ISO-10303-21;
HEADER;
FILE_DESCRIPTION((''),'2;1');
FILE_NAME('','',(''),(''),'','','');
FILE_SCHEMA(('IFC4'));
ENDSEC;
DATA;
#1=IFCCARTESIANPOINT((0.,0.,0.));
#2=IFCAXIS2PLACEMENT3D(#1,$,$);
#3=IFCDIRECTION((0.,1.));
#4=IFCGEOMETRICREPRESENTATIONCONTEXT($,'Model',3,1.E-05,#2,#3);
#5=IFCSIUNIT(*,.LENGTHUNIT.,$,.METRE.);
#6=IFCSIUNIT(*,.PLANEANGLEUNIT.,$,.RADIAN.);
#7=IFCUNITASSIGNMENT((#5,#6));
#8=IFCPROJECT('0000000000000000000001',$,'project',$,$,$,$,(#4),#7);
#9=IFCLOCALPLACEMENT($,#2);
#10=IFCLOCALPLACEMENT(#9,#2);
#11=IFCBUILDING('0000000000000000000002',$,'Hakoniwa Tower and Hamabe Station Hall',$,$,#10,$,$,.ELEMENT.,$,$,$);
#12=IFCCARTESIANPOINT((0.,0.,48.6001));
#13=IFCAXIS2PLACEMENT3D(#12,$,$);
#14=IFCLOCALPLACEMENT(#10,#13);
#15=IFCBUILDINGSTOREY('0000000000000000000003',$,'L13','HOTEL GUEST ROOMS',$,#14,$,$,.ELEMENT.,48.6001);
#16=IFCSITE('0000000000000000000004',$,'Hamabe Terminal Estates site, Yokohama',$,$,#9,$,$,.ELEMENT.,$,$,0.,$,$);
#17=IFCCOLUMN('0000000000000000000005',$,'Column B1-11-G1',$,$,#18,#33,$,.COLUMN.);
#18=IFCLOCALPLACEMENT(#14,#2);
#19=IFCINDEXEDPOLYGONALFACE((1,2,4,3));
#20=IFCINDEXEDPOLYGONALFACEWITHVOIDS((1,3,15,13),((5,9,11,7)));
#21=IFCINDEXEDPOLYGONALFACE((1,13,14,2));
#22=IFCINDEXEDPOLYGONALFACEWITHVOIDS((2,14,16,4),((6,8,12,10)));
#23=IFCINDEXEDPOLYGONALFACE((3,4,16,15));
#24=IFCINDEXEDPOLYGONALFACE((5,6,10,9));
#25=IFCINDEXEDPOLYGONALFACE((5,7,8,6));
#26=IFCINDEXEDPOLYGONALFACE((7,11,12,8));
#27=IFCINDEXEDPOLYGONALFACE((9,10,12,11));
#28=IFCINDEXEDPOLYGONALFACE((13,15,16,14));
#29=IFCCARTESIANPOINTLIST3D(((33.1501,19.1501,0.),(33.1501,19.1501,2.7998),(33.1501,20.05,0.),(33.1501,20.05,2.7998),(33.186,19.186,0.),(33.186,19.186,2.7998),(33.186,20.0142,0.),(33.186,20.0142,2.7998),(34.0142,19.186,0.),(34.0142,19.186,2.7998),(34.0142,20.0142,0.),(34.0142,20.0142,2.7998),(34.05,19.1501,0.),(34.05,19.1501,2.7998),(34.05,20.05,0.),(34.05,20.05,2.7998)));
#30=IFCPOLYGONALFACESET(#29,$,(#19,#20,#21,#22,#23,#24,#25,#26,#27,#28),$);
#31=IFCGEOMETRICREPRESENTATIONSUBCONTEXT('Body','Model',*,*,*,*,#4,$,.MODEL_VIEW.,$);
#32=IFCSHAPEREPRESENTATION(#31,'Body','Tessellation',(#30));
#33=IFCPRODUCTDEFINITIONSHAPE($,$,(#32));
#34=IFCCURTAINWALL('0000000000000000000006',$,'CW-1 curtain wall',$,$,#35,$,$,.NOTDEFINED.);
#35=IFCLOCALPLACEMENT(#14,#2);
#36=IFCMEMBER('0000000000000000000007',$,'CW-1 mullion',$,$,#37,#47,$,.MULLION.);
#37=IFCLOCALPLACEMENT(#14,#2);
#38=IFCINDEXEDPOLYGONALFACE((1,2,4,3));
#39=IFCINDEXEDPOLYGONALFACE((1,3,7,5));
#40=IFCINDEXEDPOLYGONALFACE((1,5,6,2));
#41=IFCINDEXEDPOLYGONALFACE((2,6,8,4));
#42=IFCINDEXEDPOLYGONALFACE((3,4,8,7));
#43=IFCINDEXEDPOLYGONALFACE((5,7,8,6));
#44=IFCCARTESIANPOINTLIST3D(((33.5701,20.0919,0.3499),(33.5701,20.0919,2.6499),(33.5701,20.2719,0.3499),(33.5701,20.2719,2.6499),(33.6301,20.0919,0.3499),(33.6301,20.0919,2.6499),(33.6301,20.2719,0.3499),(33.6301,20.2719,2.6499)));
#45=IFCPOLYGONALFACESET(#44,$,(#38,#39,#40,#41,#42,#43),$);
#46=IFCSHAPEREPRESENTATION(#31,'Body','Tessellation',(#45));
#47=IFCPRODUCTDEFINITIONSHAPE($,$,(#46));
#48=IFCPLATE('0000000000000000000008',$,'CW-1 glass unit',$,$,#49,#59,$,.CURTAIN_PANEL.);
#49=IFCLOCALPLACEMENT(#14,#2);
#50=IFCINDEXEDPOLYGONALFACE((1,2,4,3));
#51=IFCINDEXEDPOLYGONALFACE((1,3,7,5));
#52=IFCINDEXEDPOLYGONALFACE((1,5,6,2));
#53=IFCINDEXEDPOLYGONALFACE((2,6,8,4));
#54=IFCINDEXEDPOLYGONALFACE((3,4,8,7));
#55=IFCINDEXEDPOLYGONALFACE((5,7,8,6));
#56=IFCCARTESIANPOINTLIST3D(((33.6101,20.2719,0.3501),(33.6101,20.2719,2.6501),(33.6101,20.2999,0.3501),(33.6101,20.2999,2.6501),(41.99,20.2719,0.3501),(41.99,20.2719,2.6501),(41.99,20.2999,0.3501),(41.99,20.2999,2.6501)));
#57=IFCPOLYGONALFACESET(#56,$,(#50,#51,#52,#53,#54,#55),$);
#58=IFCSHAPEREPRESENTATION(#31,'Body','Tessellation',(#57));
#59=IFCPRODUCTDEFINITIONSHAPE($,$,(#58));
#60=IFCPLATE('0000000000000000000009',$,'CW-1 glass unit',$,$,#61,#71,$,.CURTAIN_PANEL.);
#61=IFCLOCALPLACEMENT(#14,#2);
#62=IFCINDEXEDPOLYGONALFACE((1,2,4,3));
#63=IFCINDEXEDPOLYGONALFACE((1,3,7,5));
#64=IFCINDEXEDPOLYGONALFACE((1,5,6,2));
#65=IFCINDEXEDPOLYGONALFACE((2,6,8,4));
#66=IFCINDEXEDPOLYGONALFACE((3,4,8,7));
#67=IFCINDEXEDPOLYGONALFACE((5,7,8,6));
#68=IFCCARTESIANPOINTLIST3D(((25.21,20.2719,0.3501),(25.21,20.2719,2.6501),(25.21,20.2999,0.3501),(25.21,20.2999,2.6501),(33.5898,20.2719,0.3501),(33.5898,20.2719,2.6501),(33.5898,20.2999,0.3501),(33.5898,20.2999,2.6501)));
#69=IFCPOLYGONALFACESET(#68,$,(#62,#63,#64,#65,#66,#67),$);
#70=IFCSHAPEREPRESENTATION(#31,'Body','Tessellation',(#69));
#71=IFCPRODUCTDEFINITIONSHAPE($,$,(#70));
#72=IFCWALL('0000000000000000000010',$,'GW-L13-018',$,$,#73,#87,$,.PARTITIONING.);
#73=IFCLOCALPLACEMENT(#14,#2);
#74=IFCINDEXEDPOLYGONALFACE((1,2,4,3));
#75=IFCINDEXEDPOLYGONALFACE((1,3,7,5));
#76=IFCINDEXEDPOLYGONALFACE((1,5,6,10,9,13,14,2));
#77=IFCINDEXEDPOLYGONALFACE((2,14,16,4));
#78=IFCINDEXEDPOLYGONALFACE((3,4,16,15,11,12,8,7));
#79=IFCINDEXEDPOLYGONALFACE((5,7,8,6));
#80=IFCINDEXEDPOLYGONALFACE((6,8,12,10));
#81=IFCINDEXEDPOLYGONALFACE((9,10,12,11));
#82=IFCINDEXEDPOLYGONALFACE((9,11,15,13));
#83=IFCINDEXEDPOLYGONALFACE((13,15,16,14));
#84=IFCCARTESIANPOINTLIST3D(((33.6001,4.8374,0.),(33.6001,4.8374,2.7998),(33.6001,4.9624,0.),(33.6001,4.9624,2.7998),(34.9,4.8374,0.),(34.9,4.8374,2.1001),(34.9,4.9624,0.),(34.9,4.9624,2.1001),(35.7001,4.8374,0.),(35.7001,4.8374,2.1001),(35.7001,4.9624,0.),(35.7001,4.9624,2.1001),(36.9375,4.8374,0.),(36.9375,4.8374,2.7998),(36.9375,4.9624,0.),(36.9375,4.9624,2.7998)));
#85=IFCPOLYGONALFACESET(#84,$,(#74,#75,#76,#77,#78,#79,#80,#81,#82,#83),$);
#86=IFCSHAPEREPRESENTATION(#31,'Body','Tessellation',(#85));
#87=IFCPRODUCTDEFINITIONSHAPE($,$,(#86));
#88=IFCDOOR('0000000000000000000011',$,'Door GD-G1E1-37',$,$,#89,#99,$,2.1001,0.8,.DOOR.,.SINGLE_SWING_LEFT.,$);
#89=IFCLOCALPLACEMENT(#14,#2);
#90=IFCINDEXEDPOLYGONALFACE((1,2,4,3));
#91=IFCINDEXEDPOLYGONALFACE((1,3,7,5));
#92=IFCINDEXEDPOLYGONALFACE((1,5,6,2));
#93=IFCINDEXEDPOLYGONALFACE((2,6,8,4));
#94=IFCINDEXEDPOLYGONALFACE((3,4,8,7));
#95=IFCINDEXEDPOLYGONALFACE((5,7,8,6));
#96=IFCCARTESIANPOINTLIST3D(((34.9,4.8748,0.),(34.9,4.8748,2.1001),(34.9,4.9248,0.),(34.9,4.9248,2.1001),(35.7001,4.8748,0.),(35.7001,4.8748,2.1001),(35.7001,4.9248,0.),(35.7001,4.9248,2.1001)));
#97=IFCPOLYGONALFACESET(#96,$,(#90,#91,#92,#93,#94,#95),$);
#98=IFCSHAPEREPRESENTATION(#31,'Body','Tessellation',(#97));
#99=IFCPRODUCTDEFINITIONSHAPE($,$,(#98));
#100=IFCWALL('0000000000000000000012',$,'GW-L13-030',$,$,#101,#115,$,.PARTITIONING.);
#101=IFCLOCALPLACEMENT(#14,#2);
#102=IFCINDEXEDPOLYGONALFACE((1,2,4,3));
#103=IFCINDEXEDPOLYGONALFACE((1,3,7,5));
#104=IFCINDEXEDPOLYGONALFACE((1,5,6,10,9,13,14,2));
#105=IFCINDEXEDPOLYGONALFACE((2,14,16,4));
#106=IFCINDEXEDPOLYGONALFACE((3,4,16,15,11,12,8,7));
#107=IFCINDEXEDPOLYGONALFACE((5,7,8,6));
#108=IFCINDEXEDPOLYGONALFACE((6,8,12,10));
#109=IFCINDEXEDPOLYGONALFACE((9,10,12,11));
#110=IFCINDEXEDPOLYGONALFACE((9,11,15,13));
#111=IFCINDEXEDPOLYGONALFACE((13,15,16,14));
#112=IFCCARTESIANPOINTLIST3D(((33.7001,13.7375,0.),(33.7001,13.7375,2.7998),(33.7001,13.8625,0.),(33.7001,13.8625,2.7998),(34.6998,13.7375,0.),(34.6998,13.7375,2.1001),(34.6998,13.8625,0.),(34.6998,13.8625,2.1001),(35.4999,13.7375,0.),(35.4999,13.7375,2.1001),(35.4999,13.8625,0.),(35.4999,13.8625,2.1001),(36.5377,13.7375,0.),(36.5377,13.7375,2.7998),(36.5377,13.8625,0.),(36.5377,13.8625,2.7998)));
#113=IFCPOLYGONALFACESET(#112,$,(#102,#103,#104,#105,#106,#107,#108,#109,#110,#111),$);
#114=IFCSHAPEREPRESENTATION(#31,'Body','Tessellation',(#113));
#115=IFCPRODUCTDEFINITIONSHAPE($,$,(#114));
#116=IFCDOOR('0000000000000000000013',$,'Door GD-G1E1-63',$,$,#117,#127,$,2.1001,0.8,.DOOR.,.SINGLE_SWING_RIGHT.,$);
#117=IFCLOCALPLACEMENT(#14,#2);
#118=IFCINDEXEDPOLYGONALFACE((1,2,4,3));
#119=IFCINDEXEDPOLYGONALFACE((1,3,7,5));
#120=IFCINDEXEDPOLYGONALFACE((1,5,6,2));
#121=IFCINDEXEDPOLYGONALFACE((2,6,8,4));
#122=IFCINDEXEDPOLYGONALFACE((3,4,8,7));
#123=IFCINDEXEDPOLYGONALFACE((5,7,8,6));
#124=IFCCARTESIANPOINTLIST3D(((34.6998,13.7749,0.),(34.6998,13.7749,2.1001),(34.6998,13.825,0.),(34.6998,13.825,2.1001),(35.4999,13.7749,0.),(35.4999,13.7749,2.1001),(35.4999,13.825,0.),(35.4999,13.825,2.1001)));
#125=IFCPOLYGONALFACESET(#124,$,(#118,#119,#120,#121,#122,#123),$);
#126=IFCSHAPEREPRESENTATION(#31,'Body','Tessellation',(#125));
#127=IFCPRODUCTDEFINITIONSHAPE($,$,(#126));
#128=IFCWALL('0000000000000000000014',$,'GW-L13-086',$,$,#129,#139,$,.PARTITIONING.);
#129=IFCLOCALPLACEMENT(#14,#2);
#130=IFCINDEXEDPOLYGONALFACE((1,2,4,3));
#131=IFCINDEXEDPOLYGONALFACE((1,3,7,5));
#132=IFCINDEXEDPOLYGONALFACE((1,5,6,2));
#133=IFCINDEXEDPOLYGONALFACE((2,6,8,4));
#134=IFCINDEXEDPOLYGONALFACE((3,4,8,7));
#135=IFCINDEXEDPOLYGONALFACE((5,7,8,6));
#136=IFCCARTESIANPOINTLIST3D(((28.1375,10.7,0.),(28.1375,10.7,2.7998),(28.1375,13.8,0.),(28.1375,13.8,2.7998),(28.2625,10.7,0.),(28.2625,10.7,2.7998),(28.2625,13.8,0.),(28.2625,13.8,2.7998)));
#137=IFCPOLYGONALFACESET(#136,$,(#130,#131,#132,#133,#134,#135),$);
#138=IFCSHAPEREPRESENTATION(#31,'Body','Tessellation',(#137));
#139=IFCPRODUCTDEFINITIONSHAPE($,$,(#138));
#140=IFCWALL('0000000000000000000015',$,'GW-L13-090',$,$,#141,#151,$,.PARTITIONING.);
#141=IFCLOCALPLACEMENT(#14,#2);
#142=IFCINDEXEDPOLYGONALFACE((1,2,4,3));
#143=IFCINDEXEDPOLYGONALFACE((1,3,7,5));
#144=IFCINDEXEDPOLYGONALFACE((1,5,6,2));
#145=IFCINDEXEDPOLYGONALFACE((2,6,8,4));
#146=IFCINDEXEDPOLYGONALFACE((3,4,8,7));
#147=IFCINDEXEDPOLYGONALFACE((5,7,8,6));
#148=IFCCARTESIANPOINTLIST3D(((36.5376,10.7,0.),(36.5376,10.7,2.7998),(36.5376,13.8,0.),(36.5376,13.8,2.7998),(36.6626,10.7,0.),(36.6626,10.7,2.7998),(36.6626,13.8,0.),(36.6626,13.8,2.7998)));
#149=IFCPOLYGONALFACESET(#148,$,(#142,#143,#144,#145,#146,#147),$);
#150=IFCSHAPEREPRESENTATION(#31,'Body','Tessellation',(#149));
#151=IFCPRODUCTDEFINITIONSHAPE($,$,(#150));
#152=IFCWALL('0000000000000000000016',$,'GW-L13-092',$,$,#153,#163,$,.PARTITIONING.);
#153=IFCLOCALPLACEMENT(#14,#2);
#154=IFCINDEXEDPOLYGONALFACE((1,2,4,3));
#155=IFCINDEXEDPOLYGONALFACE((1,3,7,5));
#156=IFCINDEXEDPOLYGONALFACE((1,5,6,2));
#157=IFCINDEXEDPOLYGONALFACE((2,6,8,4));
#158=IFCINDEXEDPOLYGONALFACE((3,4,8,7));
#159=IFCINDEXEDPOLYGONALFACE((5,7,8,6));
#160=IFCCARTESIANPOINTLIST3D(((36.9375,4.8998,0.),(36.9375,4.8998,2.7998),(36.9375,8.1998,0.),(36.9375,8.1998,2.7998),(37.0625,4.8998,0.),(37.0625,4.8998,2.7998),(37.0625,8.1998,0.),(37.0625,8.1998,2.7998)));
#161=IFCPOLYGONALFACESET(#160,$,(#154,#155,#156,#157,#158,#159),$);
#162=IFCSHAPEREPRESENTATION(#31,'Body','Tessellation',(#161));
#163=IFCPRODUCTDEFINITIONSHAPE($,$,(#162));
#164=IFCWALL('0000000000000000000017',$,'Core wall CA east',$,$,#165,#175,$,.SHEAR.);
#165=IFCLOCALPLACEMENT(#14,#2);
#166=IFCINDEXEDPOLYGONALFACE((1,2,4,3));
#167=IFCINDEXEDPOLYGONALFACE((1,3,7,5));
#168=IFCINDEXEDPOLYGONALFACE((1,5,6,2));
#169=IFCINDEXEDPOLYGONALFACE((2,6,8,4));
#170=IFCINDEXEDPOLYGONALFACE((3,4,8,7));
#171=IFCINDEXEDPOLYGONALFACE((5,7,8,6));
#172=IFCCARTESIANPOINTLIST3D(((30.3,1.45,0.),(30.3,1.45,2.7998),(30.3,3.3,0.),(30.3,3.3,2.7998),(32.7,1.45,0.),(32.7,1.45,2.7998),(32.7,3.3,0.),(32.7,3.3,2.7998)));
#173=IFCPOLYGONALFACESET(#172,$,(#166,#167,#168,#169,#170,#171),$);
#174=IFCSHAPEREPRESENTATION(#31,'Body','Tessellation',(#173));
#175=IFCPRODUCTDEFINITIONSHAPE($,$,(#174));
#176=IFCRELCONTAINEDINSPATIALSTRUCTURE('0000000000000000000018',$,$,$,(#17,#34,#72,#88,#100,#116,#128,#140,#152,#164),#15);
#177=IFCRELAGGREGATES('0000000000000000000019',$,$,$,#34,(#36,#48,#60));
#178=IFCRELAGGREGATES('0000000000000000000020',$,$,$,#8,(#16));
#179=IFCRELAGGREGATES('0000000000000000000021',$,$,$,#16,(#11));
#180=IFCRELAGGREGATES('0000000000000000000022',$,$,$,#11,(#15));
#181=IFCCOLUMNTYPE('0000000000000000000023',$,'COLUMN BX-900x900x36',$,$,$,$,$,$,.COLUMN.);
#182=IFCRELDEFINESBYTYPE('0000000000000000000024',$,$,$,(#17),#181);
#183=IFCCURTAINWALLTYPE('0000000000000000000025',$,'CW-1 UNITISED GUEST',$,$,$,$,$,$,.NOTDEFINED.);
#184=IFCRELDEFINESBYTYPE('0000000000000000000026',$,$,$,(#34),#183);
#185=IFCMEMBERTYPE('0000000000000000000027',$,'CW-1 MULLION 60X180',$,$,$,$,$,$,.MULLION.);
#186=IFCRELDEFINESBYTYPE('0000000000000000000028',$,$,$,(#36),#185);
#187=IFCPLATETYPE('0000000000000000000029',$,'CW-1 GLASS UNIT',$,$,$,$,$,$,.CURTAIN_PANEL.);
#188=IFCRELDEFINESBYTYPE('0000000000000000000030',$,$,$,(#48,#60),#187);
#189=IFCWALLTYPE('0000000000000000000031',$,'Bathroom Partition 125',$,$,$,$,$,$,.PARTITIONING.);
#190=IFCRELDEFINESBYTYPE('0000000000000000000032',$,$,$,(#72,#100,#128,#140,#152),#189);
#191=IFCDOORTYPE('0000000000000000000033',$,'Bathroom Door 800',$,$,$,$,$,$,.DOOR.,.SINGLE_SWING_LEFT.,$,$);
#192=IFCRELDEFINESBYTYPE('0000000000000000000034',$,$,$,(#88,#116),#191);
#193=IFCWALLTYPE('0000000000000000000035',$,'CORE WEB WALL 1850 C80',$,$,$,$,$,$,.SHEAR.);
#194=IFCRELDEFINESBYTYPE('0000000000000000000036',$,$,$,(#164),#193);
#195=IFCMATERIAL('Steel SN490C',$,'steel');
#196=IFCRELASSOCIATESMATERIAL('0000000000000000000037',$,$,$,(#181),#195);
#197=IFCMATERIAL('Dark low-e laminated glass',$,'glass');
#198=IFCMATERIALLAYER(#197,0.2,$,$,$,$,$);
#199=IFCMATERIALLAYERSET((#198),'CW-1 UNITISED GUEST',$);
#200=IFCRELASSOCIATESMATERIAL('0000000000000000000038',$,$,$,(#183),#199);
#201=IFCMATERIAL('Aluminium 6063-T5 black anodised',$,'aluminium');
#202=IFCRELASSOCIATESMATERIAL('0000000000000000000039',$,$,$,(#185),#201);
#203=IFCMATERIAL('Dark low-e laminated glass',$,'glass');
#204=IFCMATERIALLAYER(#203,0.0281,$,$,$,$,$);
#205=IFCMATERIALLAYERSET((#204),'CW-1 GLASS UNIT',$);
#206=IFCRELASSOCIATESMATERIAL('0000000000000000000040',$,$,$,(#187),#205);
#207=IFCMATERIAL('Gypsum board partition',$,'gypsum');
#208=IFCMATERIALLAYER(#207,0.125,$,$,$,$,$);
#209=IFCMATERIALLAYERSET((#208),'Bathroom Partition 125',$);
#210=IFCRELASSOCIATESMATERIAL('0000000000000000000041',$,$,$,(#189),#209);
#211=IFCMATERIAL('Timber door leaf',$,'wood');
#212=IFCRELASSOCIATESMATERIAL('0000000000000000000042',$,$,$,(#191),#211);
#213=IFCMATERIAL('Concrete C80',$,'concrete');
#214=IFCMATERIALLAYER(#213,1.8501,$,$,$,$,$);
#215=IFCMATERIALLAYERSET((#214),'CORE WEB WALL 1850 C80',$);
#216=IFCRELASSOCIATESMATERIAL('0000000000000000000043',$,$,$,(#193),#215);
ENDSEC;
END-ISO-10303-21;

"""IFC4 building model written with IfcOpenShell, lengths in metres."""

from ifc_helpers import new_model, si_unit, direction, frame, frame_2d, origin, origin_2d, place, context, subcontext, project, spatial, rectangle, hollow_rectangle, extrude, material, layer, layer_set, material_profile, profile_set, type_object, element, fill, aggregate, save


model = new_model("IFC4")

# Units and contexts
model_context = context("Model", 3, precision=1e-05, world=origin(), true_north=direction((0.0, 1.0)))
body_context = subcontext(model_context, "Body", "Model", "MODEL_VIEW")
ifc_project = project(units=[si_unit("LENGTHUNIT", "METRE"), si_unit("PLANEANGLEUNIT", "RADIAN")], contexts=[model_context])

# Site, building, storey
site_placement = place(None, origin())
site = spatial("IfcSite", under=ifc_project, at=site_placement, Name="Hamabe Terminal Estates site, Yokohama", CompositionType="ELEMENT", RefElevation=0.0)
building_placement = place(site_placement, origin())
building = spatial("IfcBuilding", under=site, at=building_placement, Name="Hakoniwa Tower and Hamabe Station Hall", CompositionType="ELEMENT")
storey_placement = place(building_placement, frame((0.0, 0.0, 48.6001)))
storey = spatial("IfcBuildingStorey", under=building, at=storey_placement, Name="L13", Description="HOTEL GUEST ROOMS", CompositionType="ELEMENT", Elevation=48.6001)

# Column
ifc_material_1 = material(Name="Steel SN490C", Category="steel")
ifc_material_profile_1 = material_profile(ifc_material_1, hollow_rectangle(XDim=0.8999, YDim=0.8999, WallThickness=0.0359, at=origin_2d()), Name="BX-900x900x36")
ifc_profile_set_1 = profile_set([ifc_material_profile_1], Name="Steel SN490C")
column_type = type_object("IfcColumnType", Name="COLUMN BX-900x900x36", PredefinedType="COLUMN", material=ifc_profile_set_1)
column_placement = place(storey_placement, frame((33.6001, 19.6001, 0.0), z_axis=(0.0, 0.0, 1.0), x_axis=(1.0, 0.0, 0.0)))
element("IfcColumn", 1, at=column_placement, inside=storey, type_object=column_type, Name="Column B1-11-G1", PredefinedType="COLUMN", context=body_context, shape_type="SweptSolid", body=[
    extrude(hollow_rectangle(XDim=0.8999, YDim=0.8999, WallThickness=0.0359, at=origin_2d()), origin(), (0.0, 0.0, 1.0), 2.7998),
])

# Curtain wall, member, plates
ifc_material_2 = material(Name="Dark low-e laminated glass", Category="glass")
ifc_layer_1 = layer(ifc_material_2, 0.2)
ifc_layer_set_1 = layer_set([ifc_layer_1], Name="CW-1 UNITISED GUEST")
curtain_wall_type = type_object("IfcCurtainWallType", Name="CW-1 UNITISED GUEST", PredefinedType="NOTDEFINED", material=ifc_layer_set_1)
curtain_wall_placement = place(storey_placement, origin())
curtain_wall = element("IfcCurtainWall", 2, at=curtain_wall_placement, inside=storey, type_object=curtain_wall_type, Name="CW-1 curtain wall", PredefinedType="NOTDEFINED")
ifc_material_3 = material(Name="Aluminium 6063-T5 black anodised", Category="aluminium")
ifc_material_profile_2 = material_profile(ifc_material_3, rectangle(XDim=0.0601, YDim=0.1799, at=origin_2d()), Name="CW-1 MULLION 60X180")
ifc_profile_set_2 = profile_set([ifc_material_profile_2], Name="Aluminium 6063-T5 black anodised")
member_type = type_object("IfcMemberType", Name="CW-1 MULLION 60X180", PredefinedType="MULLION", material=ifc_profile_set_2)
member_placement = place(storey_placement, frame((33.6001, 20.1819, 0.3499), z_axis=(0.0, 0.0, 1.0), x_axis=(-1.0, 0.0, 0.0)))
member = element("IfcMember", 3, at=member_placement, type_object=member_type, Name="CW-1 mullion", PredefinedType="MULLION", context=body_context, shape_type="SweptSolid", body=[
    extrude(rectangle(XDim=0.0601, YDim=0.1799, at=origin_2d()), origin(), (0.0, 0.0, 1.0), 2.3),
])
ifc_material_4 = material(Name="Dark low-e laminated glass", Category="glass")
ifc_layer_2 = layer(ifc_material_4, 0.0281)
ifc_layer_set_2 = layer_set([ifc_layer_2], Name="CW-1 GLASS UNIT")
plate_type = type_object("IfcPlateType", Name="CW-1 GLASS UNIT", PredefinedType="CURTAIN_PANEL", material=ifc_layer_set_2)
plate_1_placement = place(storey_placement, frame((37.8, 20.2859, 0.3501), z_axis=(0.0, 0.0, 1.0), x_axis=(-1.0, 0.0, 0.0)))
plate_1 = element("IfcPlate", 4, at=plate_1_placement, type_object=plate_type, Name="CW-1 glass unit", PredefinedType="CURTAIN_PANEL", context=body_context, shape_type="SweptSolid", body=[
    extrude(rectangle(XDim=8.3799, YDim=0.0281, at=origin_2d()), origin(), (0.0, 0.0, 1.0), 2.3),
])
plate_2_placement = place(storey_placement, frame((29.3999, 20.2859, 0.3501), z_axis=(0.0, 0.0, 1.0), x_axis=(-1.0, 0.0, 0.0)))
plate_2 = element("IfcPlate", 5, at=plate_2_placement, type_object=plate_type, Name="CW-1 glass unit", PredefinedType="CURTAIN_PANEL", context=body_context, shape_type="SweptSolid", body=[
    extrude(rectangle(XDim=8.3799, YDim=0.0281, at=origin_2d()), origin(), (0.0, 0.0, 1.0), 2.3),
])
aggregate(curtain_wall, [member, plate_1, plate_2])

# Walls, openings, doors
ifc_material_5 = material(Name="Gypsum board partition", Category="gypsum")
ifc_layer_3 = layer(ifc_material_5, 0.125)
ifc_layer_set_3 = layer_set([ifc_layer_3], Name="Bathroom Partition 125")
wall_type_1 = type_object("IfcWallType", Name="Bathroom Partition 125", PredefinedType="PARTITIONING", material=ifc_layer_set_3)
wall_1_placement = place(storey_placement, frame((33.6001, 4.8999, 0.0), z_axis=(0.0, 0.0, 1.0), x_axis=(1.0, 0.0, 0.0)))
wall_1 = element("IfcWall", 6, at=wall_1_placement, inside=storey, type_object=wall_type_1, Name="GW-L13-018", PredefinedType="PARTITIONING", context=body_context, shape_type="SweptSolid", body=[
    extrude(rectangle(XDim=3.3374, YDim=0.125, at=frame_2d((1.6687, 0.0))), origin(), (0.0, 0.0, 1.0), 2.7998),
])
opening_1_placement = place(wall_1_placement, frame((1.3, 0.0, 0.0)))
opening_1 = element("IfcOpeningElement", 7, at=opening_1_placement, cuts=wall_1, PredefinedType="OPENING", context=body_context, shape_type="SweptSolid", body=[
    extrude(rectangle(XDim=0.8, YDim=2.1001, at=frame_2d((0.3999, 1.05))), frame((0.0, 0.0725, 0.0), z_axis=(0.0, -1.0, 0.0), x_axis=(1.0, 0.0, 0.0)), (0.0, 0.0, 1.0), 0.145),
])
ifc_material_6 = material(Name="Timber door leaf", Category="wood")
door_type_1 = type_object("IfcDoorType", Name="Bathroom Door 800", OperationType="SINGLE_SWING_LEFT", PredefinedType="DOOR", material=ifc_material_6)
door_1_placement = place(opening_1_placement, origin())
door_1 = element("IfcDoor", 8, at=door_1_placement, inside=storey, type_object=door_type_1, Name="Door GD-G1E1-37", OperationType="SINGLE_SWING_LEFT", OverallHeight=2.1001, OverallWidth=0.8, PredefinedType="DOOR", context=body_context, shape_type="SweptSolid", body=[
    extrude(rectangle(XDim=0.8, YDim=2.1001, at=frame_2d((0.3999, 1.05))), frame((0.0, 0.0249, 0.0), z_axis=(0.0, -1.0, 0.0), x_axis=(1.0, 0.0, 0.0)), (0.0, 0.0, 1.0), 0.05),
])
fill(opening_1, door_1)
wall_2_placement = place(storey_placement, frame((33.7, 13.8, 0.0), z_axis=(0.0, 0.0, 1.0), x_axis=(1.0, 0.0, 0.0)))
wall_2 = element("IfcWall", 9, at=wall_2_placement, inside=storey, type_object=wall_type_1, Name="GW-L13-030", PredefinedType="PARTITIONING", context=body_context, shape_type="SweptSolid", body=[
    extrude(rectangle(XDim=2.8376, YDim=0.125, at=frame_2d((1.4189, 0.0))), origin(), (0.0, 0.0, 1.0), 2.7998),
])
opening_2_placement = place(wall_2_placement, frame((1.0, 0.0, 0.0)))
opening_2 = element("IfcOpeningElement", 10, at=opening_2_placement, cuts=wall_2, PredefinedType="OPENING", context=body_context, shape_type="SweptSolid", body=[
    extrude(rectangle(XDim=0.8, YDim=2.1001, at=frame_2d((0.3999, 1.05))), frame((0.0, 0.0725, 0.0), z_axis=(0.0, -1.0, 0.0), x_axis=(1.0, 0.0, 0.0)), (0.0, 0.0, 1.0), 0.145),
])
door_2_placement = place(opening_2_placement, origin())
door_2 = element("IfcDoor", 11, at=door_2_placement, inside=storey, type_object=door_type_1, Name="Door GD-G1E1-63", OperationType="SINGLE_SWING_RIGHT", OverallHeight=2.1001, OverallWidth=0.8, PredefinedType="DOOR", context=body_context, shape_type="SweptSolid", body=[
    extrude(rectangle(XDim=0.8, YDim=2.1001, at=frame_2d((0.3999, 1.05))), frame((0.0, 0.0249, 0.0), z_axis=(0.0, -1.0, 0.0), x_axis=(1.0, 0.0, 0.0)), (0.0, 0.0, 1.0), 0.05),
])
fill(opening_2, door_2)

# Walls
for number, where, z_axis, x_axis, name in (
    (12, (28.2, 10.7, 0.0), (0.0, 0.0, 1.0), (0.0, 1.0, 0.0), "GW-L13-086"),
    (13, (36.6001, 10.7, 0.0), (0.0, 0.0, 1.0), (0.0, 1.0, 0.0), "GW-L13-090"),
):
    element("IfcWall", number, at=place(storey_placement, frame(where, z_axis=z_axis, x_axis=x_axis)), inside=storey, type_object=wall_type_1, Name=name, PredefinedType="PARTITIONING", context=body_context, shape_type="SweptSolid", body=[
        extrude(rectangle(XDim=3.1001, YDim=0.125, at=frame_2d((1.55, 0.0))), origin(), (0.0, 0.0, 1.0), 2.7998),
    ])
wall_3_placement = place(storey_placement, frame((37.0, 4.8999, 0.0), z_axis=(0.0, 0.0, 1.0), x_axis=(0.0, 1.0, 0.0)))
element("IfcWall", 14, at=wall_3_placement, inside=storey, type_object=wall_type_1, Name="GW-L13-092", PredefinedType="PARTITIONING", context=body_context, shape_type="SweptSolid", body=[
    extrude(rectangle(XDim=3.3, YDim=0.125, at=frame_2d((1.6499, 0.0))), origin(), (0.0, 0.0, 1.0), 2.7998),
])
ifc_material_7 = material(Name="Concrete C80", Category="concrete")
ifc_layer_4 = layer(ifc_material_7, 1.8501)
ifc_layer_set_4 = layer_set([ifc_layer_4], Name="CORE WEB WALL 1850 C80")
wall_type_2 = type_object("IfcWallType", Name="CORE WEB WALL 1850 C80", PredefinedType="SHEAR", material=ifc_layer_set_4)
wall_4_placement = place(storey_placement, frame((30.3, 2.375, 0.0), z_axis=(0.0, 0.0, 1.0), x_axis=(1.0, 0.0, 0.0)))
element("IfcWall", 15, at=wall_4_placement, inside=storey, type_object=wall_type_2, Name="Core wall CA east", PredefinedType="SHEAR", context=body_context, shape_type="SweptSolid", body=[
    extrude(rectangle(XDim=2.3999, YDim=1.8501, at=frame_2d((1.2, 0.0))), origin(), (0.0, 0.0, 1.0), 2.7998),
])

save(model, "model.ifc")
